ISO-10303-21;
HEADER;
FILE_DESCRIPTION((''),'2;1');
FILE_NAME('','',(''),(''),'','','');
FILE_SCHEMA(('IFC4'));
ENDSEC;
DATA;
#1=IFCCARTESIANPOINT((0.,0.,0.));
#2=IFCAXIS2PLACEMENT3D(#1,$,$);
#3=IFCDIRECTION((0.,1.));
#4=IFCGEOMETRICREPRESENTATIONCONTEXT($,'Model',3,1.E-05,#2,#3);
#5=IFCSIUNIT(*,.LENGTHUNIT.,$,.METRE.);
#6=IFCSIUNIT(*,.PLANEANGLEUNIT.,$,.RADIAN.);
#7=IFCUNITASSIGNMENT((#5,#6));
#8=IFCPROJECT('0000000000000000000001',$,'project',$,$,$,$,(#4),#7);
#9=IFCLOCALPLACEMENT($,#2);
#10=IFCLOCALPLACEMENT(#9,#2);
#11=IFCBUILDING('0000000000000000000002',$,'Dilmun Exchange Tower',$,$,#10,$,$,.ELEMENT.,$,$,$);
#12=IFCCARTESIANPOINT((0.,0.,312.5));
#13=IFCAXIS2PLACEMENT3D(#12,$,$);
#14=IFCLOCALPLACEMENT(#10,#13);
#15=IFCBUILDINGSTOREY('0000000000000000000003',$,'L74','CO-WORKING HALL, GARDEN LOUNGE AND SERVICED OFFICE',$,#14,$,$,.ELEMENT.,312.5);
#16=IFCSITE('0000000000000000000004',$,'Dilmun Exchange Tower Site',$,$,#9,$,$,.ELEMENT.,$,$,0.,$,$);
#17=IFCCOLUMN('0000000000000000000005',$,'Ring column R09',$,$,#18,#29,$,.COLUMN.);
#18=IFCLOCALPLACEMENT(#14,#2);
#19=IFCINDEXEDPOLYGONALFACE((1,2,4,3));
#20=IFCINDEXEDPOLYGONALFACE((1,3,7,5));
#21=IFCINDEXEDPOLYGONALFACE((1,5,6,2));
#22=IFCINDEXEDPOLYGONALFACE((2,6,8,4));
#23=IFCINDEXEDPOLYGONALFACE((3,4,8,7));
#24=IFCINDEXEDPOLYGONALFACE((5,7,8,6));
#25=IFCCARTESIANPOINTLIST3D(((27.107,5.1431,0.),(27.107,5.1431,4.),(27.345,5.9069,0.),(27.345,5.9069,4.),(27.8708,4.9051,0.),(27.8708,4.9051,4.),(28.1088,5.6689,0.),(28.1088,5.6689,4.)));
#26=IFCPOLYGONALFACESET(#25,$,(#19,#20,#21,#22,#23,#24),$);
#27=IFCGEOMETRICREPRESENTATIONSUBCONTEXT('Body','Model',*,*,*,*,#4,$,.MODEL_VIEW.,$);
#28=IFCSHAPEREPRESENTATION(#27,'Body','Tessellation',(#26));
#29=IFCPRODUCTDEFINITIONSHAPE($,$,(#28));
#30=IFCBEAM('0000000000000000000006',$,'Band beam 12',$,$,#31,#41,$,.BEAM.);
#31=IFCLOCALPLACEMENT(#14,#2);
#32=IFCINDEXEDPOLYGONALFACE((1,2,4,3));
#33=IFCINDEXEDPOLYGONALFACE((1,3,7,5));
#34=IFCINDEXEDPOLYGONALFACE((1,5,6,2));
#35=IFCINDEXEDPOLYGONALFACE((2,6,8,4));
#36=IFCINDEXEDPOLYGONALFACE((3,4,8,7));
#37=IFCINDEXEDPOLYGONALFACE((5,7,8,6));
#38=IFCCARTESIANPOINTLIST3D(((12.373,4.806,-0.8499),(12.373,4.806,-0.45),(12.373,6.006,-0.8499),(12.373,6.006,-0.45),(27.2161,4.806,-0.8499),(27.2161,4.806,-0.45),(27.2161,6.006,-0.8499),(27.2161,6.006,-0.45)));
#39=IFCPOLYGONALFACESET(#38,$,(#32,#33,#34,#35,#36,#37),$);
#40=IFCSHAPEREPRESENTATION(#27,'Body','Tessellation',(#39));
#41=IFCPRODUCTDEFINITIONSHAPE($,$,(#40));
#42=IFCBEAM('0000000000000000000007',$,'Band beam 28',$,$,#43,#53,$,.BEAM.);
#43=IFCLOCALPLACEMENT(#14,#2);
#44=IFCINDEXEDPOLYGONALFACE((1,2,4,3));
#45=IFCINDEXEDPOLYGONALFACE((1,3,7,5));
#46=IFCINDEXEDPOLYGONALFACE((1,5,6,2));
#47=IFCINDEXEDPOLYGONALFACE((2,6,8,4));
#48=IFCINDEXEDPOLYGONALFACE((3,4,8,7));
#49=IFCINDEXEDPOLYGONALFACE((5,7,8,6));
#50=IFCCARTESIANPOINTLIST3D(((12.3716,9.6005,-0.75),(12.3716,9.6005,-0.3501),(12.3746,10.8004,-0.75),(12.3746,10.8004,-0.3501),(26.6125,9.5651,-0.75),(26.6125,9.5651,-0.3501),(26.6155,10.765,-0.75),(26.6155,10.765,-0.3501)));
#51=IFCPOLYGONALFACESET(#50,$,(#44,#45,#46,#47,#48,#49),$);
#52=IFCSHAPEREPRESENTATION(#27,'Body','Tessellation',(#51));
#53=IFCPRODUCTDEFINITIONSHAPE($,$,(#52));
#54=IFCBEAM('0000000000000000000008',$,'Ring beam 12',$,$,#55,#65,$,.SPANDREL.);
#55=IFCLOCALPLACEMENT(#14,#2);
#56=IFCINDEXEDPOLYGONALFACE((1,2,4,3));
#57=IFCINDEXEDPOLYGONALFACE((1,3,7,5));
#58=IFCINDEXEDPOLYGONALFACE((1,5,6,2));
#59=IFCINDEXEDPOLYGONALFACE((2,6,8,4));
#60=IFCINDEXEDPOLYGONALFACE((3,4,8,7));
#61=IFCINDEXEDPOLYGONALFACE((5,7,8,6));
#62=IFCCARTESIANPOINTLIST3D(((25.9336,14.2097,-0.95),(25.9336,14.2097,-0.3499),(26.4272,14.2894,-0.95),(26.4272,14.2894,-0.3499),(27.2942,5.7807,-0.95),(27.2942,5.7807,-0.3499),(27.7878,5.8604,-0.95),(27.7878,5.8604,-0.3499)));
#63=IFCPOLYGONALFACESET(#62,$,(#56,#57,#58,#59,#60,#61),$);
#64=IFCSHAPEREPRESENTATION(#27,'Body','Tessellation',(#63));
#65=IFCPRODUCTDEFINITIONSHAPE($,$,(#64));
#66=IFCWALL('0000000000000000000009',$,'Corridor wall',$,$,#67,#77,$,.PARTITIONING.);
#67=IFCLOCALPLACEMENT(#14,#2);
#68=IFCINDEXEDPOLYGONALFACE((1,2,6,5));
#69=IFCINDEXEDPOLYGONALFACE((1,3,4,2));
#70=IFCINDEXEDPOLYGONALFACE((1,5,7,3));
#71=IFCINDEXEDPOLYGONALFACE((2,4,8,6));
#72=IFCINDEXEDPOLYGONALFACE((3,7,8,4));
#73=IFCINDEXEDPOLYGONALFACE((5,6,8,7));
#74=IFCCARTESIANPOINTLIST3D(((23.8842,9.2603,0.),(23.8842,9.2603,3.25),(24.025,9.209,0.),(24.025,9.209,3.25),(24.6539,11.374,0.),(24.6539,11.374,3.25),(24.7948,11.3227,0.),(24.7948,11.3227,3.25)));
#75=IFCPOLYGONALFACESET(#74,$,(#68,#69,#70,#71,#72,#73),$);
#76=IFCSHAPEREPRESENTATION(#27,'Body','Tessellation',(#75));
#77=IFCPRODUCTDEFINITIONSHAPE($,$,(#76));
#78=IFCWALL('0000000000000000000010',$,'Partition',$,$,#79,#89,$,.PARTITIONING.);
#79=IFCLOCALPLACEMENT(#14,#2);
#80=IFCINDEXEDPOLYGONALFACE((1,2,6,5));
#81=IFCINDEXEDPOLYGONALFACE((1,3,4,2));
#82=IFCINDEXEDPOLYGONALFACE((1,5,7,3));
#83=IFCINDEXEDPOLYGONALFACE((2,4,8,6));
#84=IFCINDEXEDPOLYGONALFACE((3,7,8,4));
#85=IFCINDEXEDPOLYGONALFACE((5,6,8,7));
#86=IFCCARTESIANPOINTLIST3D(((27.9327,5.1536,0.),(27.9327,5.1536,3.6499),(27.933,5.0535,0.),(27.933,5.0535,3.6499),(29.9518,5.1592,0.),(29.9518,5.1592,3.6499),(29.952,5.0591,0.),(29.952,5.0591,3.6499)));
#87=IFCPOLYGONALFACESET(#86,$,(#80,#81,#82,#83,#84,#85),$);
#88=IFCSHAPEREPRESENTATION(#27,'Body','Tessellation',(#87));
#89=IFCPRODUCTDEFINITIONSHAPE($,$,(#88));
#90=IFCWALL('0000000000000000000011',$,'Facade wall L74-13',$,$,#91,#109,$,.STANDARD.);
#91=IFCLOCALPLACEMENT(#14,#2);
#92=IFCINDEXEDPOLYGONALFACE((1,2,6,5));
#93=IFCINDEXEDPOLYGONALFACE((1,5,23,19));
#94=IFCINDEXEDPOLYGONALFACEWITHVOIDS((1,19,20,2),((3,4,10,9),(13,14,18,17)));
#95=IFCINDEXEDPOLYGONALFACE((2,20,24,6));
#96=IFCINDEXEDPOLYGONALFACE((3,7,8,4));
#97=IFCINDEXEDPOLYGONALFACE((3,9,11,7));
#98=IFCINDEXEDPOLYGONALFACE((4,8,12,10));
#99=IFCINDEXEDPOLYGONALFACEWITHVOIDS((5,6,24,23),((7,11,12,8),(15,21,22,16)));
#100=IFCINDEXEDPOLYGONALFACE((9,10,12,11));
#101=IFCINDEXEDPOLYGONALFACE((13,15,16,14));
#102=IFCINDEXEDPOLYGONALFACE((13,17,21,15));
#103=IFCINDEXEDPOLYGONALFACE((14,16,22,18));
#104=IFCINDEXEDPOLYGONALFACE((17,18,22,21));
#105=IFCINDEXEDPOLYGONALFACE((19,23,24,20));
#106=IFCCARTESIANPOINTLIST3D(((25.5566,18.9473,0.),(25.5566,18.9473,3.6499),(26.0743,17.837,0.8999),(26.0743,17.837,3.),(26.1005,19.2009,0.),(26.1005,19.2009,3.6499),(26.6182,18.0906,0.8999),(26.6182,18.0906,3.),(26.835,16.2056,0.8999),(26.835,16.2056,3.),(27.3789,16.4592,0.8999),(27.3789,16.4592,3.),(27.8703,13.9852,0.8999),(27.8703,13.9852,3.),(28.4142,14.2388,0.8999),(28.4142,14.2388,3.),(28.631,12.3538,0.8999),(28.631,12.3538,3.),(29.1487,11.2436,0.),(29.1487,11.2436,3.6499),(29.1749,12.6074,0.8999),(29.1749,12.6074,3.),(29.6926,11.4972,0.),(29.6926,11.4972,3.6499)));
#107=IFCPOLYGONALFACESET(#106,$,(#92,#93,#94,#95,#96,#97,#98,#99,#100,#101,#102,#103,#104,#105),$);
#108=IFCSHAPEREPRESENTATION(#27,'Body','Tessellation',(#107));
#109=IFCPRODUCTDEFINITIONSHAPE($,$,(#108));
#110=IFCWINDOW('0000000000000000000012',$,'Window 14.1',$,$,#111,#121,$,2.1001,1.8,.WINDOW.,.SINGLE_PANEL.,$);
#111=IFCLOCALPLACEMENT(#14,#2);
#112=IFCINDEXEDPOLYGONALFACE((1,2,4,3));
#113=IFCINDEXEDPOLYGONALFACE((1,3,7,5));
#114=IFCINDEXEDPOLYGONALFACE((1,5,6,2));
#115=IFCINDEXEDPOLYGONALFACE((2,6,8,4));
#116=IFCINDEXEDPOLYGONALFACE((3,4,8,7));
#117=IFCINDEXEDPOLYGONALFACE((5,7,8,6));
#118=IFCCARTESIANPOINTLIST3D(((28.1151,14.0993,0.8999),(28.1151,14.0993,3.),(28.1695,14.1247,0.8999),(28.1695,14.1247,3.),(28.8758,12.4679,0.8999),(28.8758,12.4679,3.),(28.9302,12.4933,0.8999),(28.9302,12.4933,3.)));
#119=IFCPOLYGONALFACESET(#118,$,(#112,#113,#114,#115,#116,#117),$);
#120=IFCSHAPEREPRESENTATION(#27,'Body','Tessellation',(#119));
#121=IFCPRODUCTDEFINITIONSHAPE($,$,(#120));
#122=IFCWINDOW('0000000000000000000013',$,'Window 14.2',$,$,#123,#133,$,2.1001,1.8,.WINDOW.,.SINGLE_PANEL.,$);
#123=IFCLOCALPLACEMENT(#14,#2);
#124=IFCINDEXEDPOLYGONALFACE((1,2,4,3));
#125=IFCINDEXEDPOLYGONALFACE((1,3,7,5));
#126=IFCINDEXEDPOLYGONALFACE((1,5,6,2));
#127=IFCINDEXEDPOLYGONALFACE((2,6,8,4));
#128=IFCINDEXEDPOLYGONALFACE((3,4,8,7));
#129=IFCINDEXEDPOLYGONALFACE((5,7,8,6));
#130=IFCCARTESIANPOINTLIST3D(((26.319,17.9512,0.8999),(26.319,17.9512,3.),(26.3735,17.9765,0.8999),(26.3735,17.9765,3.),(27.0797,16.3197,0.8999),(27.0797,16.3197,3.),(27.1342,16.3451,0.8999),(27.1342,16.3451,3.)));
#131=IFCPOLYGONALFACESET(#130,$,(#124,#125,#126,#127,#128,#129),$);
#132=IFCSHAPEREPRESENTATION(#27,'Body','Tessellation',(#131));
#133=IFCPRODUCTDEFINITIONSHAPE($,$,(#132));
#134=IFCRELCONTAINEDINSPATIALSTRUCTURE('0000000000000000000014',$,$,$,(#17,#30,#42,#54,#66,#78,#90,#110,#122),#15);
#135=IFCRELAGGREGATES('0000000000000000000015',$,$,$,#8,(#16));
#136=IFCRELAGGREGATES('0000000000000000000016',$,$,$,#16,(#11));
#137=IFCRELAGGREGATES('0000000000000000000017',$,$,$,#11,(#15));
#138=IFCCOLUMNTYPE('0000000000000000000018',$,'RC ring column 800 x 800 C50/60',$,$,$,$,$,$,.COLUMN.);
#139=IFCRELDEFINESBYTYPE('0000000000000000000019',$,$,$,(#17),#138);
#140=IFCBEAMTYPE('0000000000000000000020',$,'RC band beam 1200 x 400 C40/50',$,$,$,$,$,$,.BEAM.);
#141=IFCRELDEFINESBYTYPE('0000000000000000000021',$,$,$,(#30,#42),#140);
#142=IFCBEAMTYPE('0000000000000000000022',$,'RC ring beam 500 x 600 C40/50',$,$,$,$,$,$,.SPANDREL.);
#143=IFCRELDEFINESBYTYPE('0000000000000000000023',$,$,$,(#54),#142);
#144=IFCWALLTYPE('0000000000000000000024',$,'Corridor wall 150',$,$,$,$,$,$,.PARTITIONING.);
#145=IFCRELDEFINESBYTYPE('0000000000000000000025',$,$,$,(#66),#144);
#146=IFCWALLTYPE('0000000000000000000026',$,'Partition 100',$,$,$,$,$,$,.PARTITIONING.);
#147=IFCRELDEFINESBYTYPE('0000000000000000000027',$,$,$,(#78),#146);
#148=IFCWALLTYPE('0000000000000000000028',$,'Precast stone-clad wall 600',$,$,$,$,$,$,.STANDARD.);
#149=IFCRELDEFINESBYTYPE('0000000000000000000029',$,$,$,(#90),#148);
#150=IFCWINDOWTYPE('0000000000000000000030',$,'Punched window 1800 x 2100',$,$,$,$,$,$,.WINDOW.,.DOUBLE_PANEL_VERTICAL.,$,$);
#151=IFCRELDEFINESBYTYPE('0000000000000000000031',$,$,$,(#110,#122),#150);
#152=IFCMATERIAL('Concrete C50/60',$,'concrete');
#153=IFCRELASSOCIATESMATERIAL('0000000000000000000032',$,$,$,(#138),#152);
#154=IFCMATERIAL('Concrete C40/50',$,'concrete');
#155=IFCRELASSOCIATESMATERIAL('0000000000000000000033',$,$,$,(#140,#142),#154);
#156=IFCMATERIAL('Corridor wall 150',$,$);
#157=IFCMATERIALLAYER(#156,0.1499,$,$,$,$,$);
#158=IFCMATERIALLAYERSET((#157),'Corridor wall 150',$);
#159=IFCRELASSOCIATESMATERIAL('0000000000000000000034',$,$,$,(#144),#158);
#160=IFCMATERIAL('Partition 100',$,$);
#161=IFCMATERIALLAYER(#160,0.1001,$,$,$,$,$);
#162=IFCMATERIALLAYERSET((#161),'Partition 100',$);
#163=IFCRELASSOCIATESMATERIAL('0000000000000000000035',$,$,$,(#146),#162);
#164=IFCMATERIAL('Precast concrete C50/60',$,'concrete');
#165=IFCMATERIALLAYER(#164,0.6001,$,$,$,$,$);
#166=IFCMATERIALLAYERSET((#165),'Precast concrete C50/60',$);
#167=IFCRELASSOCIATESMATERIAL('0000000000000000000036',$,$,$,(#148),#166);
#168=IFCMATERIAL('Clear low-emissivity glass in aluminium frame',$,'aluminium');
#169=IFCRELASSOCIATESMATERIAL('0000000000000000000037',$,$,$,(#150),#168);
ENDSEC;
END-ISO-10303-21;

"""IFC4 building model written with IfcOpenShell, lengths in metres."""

from ifc_helpers import new_model, si_unit, direction, frame, frame_2d, origin, origin_2d, place, context, subcontext, project, spatial, rectangle, extrude, material, layer, layer_set, material_profile, profile_set, type_object, element, fill, save


model = new_model("IFC4")

# Units and contexts
model_context = context("Model", 3, precision=1e-05, world=origin(), true_north=direction((0.0, 1.0)))
body_context = subcontext(model_context, "Body", "Model", "MODEL_VIEW")
ifc_project = project(units=[si_unit("LENGTHUNIT", "METRE"), si_unit("PLANEANGLEUNIT", "RADIAN")], contexts=[model_context])

# Site, building, storey
site_placement = place(None, origin())
site = spatial("IfcSite", under=ifc_project, at=site_placement, Name="Dilmun Exchange Tower Site", CompositionType="ELEMENT", RefElevation=0.0)
building_placement = place(site_placement, origin())
building = spatial("IfcBuilding", under=site, at=building_placement, Name="Dilmun Exchange Tower", CompositionType="ELEMENT")
storey_placement = place(building_placement, frame((0.0, 0.0, 312.5)))
storey = spatial("IfcBuildingStorey", under=building, at=storey_placement, Name="L74", Description="CO-WORKING HALL, GARDEN LOUNGE AND SERVICED OFFICE", CompositionType="ELEMENT", Elevation=312.5)

# Column
ifc_material_1 = material(Name="Concrete C50/60", Category="concrete")
ifc_material_profile_1 = material_profile(ifc_material_1, rectangle(XDim=0.8, YDim=0.8, at=origin_2d()), Name="800 x 800")
ifc_profile_set_1 = profile_set([ifc_material_profile_1], Name="Concrete C50/60")
column_type = type_object("IfcColumnType", Name="RC ring column 800 x 800 C50/60", PredefinedType="COLUMN", material=ifc_profile_set_1)
column_placement = place(storey_placement, frame((27.6079, 5.406, 0.0), z_axis=(0.0, 0.0, 1.0), x_axis=(0.297503, 0.954721, 0.0)))
element("IfcColumn", 1, at=column_placement, inside=storey, type_object=column_type, Name="Ring column R09", PredefinedType="COLUMN", context=body_context, shape_type="SweptSolid", body=[
    extrude(rectangle(XDim=0.8, YDim=0.8, at=origin_2d()), origin(), (0.0, 0.0, 1.0), 4.0),
])

# Beams
ifc_material_2 = material(Name="Concrete C40/50", Category="concrete")
ifc_material_profile_2 = material_profile(ifc_material_2, rectangle(XDim=1.2, YDim=0.3999, at=origin_2d()), Name="1200 x 400")
ifc_profile_set_2 = profile_set([ifc_material_profile_2], Name="Concrete C40/50")
beam_type_1 = type_object("IfcBeamType", Name="RC band beam 1200 x 400 C40/50", PredefinedType="BEAM", material=ifc_profile_set_2)
beam_1_placement = place(storey_placement, frame((27.2161, 5.406, -0.6499), z_axis=(-1.0, 0.0, 0.0), x_axis=(0.0, -1.0, 0.0)))
element("IfcBeam", 2, at=beam_1_placement, inside=storey, type_object=beam_type_1, Name="Band beam 12", PredefinedType="BEAM", context=body_context, shape_type="SweptSolid", body=[
    extrude(rectangle(XDim=1.2, YDim=0.3999, at=origin_2d()), origin(), (0.0, 0.0, 1.0), 14.843),
])
beam_2_placement = place(storey_placement, frame((26.614, 10.165, -0.55), z_axis=(-0.999997, 0.002486, 0.0), x_axis=(-0.002486, -0.999997, 0.0)))
element("IfcBeam", 3, at=beam_2_placement, inside=storey, type_object=beam_type_1, Name="Band beam 28", PredefinedType="BEAM", context=body_context, shape_type="SweptSolid", body=[
    extrude(rectangle(XDim=1.2, YDim=0.3999, at=origin_2d()), origin(), (0.0, 0.0, 1.0), 14.241),
])
ifc_material_profile_3 = material_profile(ifc_material_2, rectangle(XDim=0.5, YDim=0.6001, at=origin_2d()), Name="500 x 600")
ifc_profile_set_3 = profile_set([ifc_material_profile_3], Name="Concrete C40/50")
beam_type_2 = type_object("IfcBeamType", Name="RC ring beam 500 x 600 C40/50", PredefinedType="SPANDREL", material=ifc_profile_set_3)
beam_3_placement = place(storey_placement, frame((27.541, 5.8206, -0.6499), z_axis=(-0.159357, 0.987221, 0.0), x_axis=(-0.987221, -0.159357, 0.0)))
element("IfcBeam", 4, at=beam_3_placement, inside=storey, type_object=beam_type_2, Name="Ring beam 12", PredefinedType="SPANDREL", context=body_context, shape_type="SweptSolid", body=[
    extrude(rectangle(XDim=0.5, YDim=0.6001, at=origin_2d()), origin(), (0.0, 0.0, 1.0), 8.5381),
])

# Walls
ifc_material_3 = material(Name="Corridor wall 150")
ifc_layer_1 = layer(ifc_material_3, 0.1499)
ifc_layer_set_1 = layer_set([ifc_layer_1], Name="Corridor wall 150")
wall_type_1 = type_object("IfcWallType", Name="Corridor wall 150", PredefinedType="PARTITIONING", material=ifc_layer_set_1)
wall_1_placement = place(storey_placement, frame((23.9546, 9.2346, 0.0), z_axis=(0.0, 0.0, 1.0), x_axis=(0.342187, 0.939632, 0.0)))
element("IfcWall", 5, at=wall_1_placement, inside=storey, type_object=wall_type_1, Name="Corridor wall", PredefinedType="PARTITIONING", context=body_context, shape_type="SweptSolid", body=[
    extrude(rectangle(XDim=2.2495, YDim=0.1499, at=frame_2d((1.1248, 0.0))), origin(), (0.0, 0.0, 1.0), 3.25),
])
ifc_material_4 = material(Name="Partition 100")
ifc_layer_2 = layer(ifc_material_4, 0.1001)
ifc_layer_set_2 = layer_set([ifc_layer_2], Name="Partition 100")
wall_type_2 = type_object("IfcWallType", Name="Partition 100", PredefinedType="PARTITIONING", material=ifc_layer_set_2)
wall_2_placement = place(storey_placement, frame((27.9329, 5.1035, 0.0), z_axis=(0.0, 0.0, 1.0), x_axis=(0.999996, 0.002781, 0.0)))
element("IfcWall", 6, at=wall_2_placement, inside=storey, type_object=wall_type_2, Name="Partition", PredefinedType="PARTITIONING", context=body_context, shape_type="SweptSolid", body=[
    extrude(rectangle(XDim=2.019, YDim=0.1001, at=frame_2d((1.0095, 0.0))), origin(), (0.0, 0.0, 1.0), 3.6499),
])

# Wall, openings, windows
ifc_material_5 = material(Name="Precast concrete C50/60", Category="concrete")
ifc_layer_3 = layer(ifc_material_5, 0.6001)
ifc_layer_set_3 = layer_set([ifc_layer_3], Name="Precast concrete C50/60")
wall_type_3 = type_object("IfcWallType", Name="Precast stone-clad wall 600", PredefinedType="STANDARD", material=ifc_layer_set_3)
wall_3_placement = place(storey_placement, frame((29.4207, 11.3704, 0.0), z_axis=(0.0, 0.0, 1.0), x_axis=(-0.422598, 0.906317, 0.0)))
wall_3 = element("IfcWall", 7, at=wall_3_placement, inside=storey, type_object=wall_type_3, Name="Facade wall L74-13", PredefinedType="STANDARD", context=body_context, shape_type="SweptSolid", body=[
    extrude(rectangle(XDim=8.5, YDim=0.6001, at=frame_2d((4.25, 0.0))), origin(), (0.0, 0.0, 1.0), 3.6499),
])
opening_1_placement = place(wall_3_placement, frame((1.2251, 0.0, 0.8999)))
opening_1 = element("IfcOpeningElement", 8, at=opening_1_placement, cuts=wall_3, PredefinedType="OPENING", context=body_context, shape_type="SweptSolid", body=[
    extrude(rectangle(XDim=1.8, YDim=2.1001, at=frame_2d((0.8999, 1.05))), frame((0.0, 0.3101, 0.0), z_axis=(0.0, -1.0, 0.0), x_axis=(1.0, 0.0, 0.0)), (0.0, 0.0, 1.0), 0.6201),
])
opening_2_placement = place(wall_3_placement, frame((5.4751, 0.0, 0.8999)))
opening_2 = element("IfcOpeningElement", 9, at=opening_2_placement, cuts=wall_3, PredefinedType="OPENING", context=body_context, shape_type="SweptSolid", body=[
    extrude(rectangle(XDim=1.8, YDim=2.1001, at=frame_2d((0.8999, 1.05))), frame((0.0, 0.3101, 0.0), z_axis=(0.0, -1.0, 0.0), x_axis=(1.0, 0.0, 0.0)), (0.0, 0.0, 1.0), 0.6201),
])
ifc_material_6 = material(Name="Clear low-emissivity glass in aluminium frame", Category="aluminium")
window_type = type_object("IfcWindowType", Name="Punched window 1800 x 2100", PartitioningType="DOUBLE_PANEL_VERTICAL", PredefinedType="WINDOW", material=ifc_material_6)
window_1_placement = place(opening_1_placement, origin())
window_1 = element("IfcWindow", 10, at=window_1_placement, inside=storey, type_object=window_type, Name="Window 14.1", OverallHeight=2.1001, OverallWidth=1.8, PartitioningType="SINGLE_PANEL", PredefinedType="WINDOW", context=body_context, shape_type="SweptSolid", body=[
    extrude(rectangle(XDim=1.8, YDim=2.1001, at=frame_2d((0.8999, 1.05))), frame((0.0, 0.03, 0.0), z_axis=(0.0, -1.0, 0.0), x_axis=(1.0, 0.0, 0.0)), (0.0, 0.0, 1.0), 0.0601),
])
fill(opening_1, window_1)
window_2_placement = place(opening_2_placement, origin())
window_2 = element("IfcWindow", 11, at=window_2_placement, inside=storey, type_object=window_type, Name="Window 14.2", OverallHeight=2.1001, OverallWidth=1.8, PartitioningType="SINGLE_PANEL", PredefinedType="WINDOW", context=body_context, shape_type="SweptSolid", body=[
    extrude(rectangle(XDim=1.8, YDim=2.1001, at=frame_2d((0.8999, 1.05))), frame((0.0, 0.03, 0.0), z_axis=(0.0, -1.0, 0.0), x_axis=(1.0, 0.0, 0.0)), (0.0, 0.0, 1.0), 0.0601),
])
fill(opening_2, window_2)

save(model, "model.ifc")
